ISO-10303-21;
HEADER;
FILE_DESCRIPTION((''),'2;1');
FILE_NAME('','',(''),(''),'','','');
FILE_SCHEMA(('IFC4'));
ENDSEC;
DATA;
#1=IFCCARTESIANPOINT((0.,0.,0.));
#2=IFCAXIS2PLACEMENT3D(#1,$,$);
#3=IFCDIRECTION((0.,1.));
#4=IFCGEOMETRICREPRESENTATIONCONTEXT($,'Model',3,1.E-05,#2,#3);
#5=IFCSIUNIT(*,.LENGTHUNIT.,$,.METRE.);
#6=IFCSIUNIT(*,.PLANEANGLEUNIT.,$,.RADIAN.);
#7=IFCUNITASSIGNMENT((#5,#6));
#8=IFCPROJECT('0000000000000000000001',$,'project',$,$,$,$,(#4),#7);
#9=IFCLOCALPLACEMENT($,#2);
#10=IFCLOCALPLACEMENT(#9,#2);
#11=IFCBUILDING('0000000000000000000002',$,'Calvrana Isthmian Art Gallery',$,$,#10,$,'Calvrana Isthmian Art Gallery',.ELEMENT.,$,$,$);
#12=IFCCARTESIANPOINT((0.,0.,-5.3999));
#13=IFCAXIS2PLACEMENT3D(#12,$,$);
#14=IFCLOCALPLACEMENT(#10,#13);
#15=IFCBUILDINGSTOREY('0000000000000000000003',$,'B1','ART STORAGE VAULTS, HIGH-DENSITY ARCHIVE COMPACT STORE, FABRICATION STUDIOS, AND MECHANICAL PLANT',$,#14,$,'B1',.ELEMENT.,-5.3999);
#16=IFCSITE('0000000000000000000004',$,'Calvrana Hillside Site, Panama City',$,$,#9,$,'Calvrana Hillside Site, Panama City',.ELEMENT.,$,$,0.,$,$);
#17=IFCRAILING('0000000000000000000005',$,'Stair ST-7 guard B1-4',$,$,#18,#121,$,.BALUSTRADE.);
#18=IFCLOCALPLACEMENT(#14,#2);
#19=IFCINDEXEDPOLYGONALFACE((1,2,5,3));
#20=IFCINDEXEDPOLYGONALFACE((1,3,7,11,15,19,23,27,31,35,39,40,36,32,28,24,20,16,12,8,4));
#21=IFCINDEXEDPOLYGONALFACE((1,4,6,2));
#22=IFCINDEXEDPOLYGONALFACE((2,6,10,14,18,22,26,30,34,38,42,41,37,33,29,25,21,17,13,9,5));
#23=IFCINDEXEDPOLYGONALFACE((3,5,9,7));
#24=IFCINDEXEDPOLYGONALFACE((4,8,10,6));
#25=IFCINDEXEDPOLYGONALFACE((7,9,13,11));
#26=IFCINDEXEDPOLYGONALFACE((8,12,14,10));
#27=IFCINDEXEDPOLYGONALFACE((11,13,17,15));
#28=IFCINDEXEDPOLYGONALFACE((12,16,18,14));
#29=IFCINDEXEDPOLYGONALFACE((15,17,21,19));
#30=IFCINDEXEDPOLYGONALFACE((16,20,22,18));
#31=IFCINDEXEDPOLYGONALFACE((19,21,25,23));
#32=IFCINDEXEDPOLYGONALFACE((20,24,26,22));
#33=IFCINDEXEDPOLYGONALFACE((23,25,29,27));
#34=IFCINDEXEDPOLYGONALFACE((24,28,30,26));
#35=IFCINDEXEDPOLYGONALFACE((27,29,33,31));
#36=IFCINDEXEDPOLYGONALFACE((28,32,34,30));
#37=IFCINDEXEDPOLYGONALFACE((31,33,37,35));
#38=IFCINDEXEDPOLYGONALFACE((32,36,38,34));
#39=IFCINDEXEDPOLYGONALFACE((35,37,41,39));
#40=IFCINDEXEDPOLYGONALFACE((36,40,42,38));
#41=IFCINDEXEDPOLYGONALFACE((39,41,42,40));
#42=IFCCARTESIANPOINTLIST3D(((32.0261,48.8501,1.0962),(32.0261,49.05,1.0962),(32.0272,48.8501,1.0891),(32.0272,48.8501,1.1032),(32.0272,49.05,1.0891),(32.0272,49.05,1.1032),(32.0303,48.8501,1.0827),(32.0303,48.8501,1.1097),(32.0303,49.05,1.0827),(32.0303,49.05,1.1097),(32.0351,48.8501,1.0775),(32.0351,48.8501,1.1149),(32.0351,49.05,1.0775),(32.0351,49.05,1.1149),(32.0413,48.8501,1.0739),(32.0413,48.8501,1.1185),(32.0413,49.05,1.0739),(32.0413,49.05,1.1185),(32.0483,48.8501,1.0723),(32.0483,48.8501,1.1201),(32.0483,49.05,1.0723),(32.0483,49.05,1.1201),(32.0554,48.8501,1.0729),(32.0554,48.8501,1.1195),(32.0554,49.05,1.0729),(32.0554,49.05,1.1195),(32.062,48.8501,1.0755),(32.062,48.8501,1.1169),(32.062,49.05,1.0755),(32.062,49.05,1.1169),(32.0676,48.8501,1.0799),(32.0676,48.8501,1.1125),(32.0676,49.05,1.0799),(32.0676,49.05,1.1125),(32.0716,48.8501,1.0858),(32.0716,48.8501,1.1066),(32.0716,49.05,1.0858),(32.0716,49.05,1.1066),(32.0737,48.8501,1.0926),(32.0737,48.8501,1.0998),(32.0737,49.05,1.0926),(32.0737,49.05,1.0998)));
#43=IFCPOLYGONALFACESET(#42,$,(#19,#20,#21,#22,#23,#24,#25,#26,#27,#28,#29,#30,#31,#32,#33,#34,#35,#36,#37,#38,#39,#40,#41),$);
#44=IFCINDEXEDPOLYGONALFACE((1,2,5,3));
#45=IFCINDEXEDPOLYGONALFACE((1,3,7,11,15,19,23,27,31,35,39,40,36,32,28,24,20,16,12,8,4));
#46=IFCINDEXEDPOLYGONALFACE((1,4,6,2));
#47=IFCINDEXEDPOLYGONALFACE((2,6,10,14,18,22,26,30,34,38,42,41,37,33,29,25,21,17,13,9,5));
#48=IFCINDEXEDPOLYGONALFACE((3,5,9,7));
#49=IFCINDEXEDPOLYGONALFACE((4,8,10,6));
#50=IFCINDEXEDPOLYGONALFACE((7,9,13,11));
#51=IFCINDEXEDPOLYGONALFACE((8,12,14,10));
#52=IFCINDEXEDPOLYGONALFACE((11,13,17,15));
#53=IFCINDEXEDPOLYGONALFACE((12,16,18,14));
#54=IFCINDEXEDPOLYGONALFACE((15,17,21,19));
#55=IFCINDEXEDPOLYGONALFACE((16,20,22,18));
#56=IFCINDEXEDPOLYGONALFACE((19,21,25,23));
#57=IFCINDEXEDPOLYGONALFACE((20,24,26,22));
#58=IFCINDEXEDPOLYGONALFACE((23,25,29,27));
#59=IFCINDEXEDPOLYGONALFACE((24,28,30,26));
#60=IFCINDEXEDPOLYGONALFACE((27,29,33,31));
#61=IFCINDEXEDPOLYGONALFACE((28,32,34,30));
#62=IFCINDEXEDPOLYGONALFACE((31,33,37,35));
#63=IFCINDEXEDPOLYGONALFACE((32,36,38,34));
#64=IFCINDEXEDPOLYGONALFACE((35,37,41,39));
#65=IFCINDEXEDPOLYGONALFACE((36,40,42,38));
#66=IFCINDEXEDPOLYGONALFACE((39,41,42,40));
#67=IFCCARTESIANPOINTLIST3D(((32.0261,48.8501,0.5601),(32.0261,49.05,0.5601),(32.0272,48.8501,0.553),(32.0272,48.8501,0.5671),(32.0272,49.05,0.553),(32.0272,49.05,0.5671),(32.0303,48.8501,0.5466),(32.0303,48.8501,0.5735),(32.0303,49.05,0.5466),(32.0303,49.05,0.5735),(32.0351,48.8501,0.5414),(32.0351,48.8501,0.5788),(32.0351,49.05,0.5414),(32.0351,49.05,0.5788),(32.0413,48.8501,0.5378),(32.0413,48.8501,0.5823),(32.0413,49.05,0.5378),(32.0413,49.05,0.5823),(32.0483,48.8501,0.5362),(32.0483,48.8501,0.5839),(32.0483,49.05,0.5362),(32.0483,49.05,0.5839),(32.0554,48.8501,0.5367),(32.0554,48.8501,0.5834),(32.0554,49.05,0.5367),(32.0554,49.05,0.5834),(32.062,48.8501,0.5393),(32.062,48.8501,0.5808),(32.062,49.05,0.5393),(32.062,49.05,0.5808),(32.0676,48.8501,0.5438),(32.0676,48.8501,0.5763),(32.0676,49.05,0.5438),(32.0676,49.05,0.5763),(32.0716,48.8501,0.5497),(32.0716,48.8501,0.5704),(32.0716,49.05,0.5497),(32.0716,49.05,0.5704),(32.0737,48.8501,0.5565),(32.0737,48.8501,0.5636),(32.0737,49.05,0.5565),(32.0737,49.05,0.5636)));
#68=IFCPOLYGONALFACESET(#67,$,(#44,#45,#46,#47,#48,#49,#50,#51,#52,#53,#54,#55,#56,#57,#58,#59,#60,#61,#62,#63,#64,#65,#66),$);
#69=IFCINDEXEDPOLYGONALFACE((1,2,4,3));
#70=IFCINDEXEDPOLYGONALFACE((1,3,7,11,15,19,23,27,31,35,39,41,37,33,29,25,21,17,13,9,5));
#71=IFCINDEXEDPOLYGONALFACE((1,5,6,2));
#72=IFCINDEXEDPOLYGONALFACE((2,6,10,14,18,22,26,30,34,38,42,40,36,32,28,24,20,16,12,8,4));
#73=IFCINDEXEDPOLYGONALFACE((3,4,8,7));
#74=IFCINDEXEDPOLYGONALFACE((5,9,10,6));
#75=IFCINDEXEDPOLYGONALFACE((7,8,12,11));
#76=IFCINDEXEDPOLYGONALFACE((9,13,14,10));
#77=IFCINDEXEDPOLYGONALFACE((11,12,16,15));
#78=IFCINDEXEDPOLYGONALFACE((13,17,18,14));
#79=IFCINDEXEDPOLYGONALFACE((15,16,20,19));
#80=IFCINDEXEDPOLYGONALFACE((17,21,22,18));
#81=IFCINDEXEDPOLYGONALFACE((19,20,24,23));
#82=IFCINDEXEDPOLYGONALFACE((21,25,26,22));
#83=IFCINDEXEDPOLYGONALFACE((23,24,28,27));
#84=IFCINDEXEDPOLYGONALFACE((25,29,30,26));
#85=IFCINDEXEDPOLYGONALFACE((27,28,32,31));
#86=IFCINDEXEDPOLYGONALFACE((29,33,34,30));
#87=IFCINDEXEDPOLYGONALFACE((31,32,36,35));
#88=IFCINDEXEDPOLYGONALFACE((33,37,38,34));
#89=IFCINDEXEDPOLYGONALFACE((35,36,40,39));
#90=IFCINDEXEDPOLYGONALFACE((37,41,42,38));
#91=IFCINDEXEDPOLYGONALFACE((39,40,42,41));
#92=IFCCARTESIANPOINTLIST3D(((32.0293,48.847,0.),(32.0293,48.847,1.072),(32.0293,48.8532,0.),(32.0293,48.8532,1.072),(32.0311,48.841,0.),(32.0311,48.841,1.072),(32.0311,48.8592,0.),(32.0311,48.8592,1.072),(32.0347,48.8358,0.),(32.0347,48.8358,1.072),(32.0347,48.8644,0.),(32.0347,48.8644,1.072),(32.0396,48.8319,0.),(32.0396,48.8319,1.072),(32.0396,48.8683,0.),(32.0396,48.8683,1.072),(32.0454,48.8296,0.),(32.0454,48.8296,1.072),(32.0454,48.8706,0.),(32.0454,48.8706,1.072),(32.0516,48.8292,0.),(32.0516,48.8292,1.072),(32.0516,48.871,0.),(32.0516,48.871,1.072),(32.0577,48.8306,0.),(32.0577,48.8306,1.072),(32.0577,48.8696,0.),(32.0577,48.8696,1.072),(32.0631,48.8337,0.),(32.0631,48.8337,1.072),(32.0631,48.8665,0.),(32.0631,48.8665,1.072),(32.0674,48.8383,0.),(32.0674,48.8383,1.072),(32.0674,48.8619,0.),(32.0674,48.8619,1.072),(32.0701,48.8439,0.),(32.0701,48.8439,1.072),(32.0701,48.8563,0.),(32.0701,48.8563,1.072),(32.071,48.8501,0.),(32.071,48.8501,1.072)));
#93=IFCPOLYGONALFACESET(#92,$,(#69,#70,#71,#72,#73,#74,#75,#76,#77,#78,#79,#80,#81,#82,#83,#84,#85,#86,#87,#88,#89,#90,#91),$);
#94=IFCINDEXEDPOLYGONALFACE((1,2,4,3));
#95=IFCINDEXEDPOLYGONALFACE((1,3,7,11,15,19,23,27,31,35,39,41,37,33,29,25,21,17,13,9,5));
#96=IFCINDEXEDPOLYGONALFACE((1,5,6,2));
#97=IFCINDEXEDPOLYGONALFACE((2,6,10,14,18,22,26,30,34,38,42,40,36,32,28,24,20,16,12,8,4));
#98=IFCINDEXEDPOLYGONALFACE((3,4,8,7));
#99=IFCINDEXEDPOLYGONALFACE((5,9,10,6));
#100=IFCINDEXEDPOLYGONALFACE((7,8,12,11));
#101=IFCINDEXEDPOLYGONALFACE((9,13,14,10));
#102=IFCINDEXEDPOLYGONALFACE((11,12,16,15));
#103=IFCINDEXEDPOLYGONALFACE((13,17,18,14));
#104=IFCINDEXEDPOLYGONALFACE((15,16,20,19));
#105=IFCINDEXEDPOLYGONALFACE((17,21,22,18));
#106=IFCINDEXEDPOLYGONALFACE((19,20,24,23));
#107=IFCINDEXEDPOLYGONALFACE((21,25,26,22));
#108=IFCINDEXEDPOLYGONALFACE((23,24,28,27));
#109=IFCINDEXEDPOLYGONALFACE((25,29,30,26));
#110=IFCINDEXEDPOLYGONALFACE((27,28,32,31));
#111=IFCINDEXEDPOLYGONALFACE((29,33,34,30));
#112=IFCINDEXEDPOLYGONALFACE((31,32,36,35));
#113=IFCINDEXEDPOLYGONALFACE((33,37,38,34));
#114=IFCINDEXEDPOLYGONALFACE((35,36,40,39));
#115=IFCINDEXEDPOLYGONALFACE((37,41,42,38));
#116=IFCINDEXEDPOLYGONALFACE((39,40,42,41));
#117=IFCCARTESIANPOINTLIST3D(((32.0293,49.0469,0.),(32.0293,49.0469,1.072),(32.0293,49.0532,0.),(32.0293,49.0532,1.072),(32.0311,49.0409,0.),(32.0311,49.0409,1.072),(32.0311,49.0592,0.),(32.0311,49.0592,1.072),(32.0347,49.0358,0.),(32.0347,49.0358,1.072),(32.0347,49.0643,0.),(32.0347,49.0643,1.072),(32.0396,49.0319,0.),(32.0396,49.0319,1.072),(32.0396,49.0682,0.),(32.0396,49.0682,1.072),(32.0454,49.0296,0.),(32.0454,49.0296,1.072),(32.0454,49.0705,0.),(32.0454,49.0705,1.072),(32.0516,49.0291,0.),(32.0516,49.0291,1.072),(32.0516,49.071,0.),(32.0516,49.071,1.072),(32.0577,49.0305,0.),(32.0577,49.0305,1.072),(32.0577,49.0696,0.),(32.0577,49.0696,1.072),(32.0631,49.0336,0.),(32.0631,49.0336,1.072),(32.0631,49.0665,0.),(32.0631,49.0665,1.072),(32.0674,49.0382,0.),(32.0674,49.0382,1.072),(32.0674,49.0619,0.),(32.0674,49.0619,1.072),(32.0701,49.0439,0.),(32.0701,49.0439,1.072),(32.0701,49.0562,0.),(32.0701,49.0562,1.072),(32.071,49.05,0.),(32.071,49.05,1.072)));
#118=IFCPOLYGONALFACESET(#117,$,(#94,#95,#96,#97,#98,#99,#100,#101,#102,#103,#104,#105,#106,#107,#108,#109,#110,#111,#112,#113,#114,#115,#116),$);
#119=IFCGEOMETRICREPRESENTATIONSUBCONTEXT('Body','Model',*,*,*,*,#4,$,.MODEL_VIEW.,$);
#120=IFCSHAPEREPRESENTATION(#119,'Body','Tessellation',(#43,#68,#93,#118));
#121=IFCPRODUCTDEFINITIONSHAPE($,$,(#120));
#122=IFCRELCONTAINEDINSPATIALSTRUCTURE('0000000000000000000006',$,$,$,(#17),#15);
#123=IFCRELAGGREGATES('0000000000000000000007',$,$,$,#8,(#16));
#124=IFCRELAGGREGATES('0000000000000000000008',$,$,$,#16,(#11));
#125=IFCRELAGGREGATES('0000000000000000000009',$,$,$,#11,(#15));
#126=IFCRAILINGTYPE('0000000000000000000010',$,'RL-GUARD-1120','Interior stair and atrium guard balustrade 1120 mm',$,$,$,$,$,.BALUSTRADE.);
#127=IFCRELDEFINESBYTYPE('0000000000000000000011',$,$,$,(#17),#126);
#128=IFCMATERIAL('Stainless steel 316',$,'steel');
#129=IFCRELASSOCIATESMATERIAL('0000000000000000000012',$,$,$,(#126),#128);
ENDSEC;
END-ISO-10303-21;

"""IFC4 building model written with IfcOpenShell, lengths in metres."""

from ifc_helpers import new_model, si_unit, direction, frame, origin, origin_2d, place, context, subcontext, project, spatial, circle, extrude, material, type_object, element, save


model = new_model("IFC4")

# Units and contexts
model_context = context("Model", 3, precision=1e-05, world=origin(), true_north=direction((0.0, 1.0)))
body_context = subcontext(model_context, "Body", "Model", "MODEL_VIEW")
ifc_project = project(units=[si_unit("LENGTHUNIT", "METRE"), si_unit("PLANEANGLEUNIT", "RADIAN")], contexts=[model_context])

# Site, building, storey
site_placement = place(None, origin())
site = spatial("IfcSite", under=ifc_project, at=site_placement, Name="Calvrana Hillside Site, Panama City", LongName="Calvrana Hillside Site, Panama City", CompositionType="ELEMENT", RefElevation=0.0)
building_placement = place(site_placement, origin())
building = spatial("IfcBuilding", under=site, at=building_placement, Name="Calvrana Isthmian Art Gallery", LongName="Calvrana Isthmian Art Gallery", CompositionType="ELEMENT")
storey_placement = place(building_placement, frame((0.0, 0.0, -5.3999)))
storey = spatial("IfcBuildingStorey", under=building, at=storey_placement, Name="B1", Description="ART STORAGE VAULTS, HIGH-DENSITY ARCHIVE COMPACT STORE, FABRICATION STUDIOS, AND MECHANICAL PLANT", LongName="B1", CompositionType="ELEMENT", Elevation=-5.3999)

# Railing
ifc_material_1 = material(Name="Stainless steel 316", Category="steel")
railing_type_1 = type_object("IfcRailingType", Name="RL-GUARD-1120", Description="Interior stair and atrium guard balustrade 1120 mm", PredefinedType="BALUSTRADE", material=ifc_material_1)
railing_1_placement = place(storey_placement, frame((32.05, 48.8501, 0.0)))
element("IfcRailing", 1, at=railing_1_placement, inside=storey, type_object=railing_type_1, Name="Stair ST-7 guard B1-4", PredefinedType="BALUSTRADE", context=body_context, shape_type="SweptSolid", body=[
    extrude(circle(Radius=0.0239, at=origin_2d()), frame((0.0, 0.0, 1.0962), z_axis=(0.0, 1.0, 0.0), x_axis=(-1.0, 0.0, 0.0)), (0.0, 0.0, 1.0), 0.2),
    extrude(circle(Radius=0.0239, at=origin_2d()), frame((0.0, 0.0, 0.5601), z_axis=(0.0, 1.0, 0.0), x_axis=(-1.0, 0.0, 0.0)), (0.0, 0.0, 1.0), 0.2),
    extrude(circle(Radius=0.021, at=origin_2d()), origin(), (0.0, 0.0, 1.0), 1.072),
    extrude(circle(Radius=0.021, at=origin_2d()), frame((0.0, 0.2, 0.0)), (0.0, 0.0, 1.0), 1.072),
])

save(model, "model.ifc")
